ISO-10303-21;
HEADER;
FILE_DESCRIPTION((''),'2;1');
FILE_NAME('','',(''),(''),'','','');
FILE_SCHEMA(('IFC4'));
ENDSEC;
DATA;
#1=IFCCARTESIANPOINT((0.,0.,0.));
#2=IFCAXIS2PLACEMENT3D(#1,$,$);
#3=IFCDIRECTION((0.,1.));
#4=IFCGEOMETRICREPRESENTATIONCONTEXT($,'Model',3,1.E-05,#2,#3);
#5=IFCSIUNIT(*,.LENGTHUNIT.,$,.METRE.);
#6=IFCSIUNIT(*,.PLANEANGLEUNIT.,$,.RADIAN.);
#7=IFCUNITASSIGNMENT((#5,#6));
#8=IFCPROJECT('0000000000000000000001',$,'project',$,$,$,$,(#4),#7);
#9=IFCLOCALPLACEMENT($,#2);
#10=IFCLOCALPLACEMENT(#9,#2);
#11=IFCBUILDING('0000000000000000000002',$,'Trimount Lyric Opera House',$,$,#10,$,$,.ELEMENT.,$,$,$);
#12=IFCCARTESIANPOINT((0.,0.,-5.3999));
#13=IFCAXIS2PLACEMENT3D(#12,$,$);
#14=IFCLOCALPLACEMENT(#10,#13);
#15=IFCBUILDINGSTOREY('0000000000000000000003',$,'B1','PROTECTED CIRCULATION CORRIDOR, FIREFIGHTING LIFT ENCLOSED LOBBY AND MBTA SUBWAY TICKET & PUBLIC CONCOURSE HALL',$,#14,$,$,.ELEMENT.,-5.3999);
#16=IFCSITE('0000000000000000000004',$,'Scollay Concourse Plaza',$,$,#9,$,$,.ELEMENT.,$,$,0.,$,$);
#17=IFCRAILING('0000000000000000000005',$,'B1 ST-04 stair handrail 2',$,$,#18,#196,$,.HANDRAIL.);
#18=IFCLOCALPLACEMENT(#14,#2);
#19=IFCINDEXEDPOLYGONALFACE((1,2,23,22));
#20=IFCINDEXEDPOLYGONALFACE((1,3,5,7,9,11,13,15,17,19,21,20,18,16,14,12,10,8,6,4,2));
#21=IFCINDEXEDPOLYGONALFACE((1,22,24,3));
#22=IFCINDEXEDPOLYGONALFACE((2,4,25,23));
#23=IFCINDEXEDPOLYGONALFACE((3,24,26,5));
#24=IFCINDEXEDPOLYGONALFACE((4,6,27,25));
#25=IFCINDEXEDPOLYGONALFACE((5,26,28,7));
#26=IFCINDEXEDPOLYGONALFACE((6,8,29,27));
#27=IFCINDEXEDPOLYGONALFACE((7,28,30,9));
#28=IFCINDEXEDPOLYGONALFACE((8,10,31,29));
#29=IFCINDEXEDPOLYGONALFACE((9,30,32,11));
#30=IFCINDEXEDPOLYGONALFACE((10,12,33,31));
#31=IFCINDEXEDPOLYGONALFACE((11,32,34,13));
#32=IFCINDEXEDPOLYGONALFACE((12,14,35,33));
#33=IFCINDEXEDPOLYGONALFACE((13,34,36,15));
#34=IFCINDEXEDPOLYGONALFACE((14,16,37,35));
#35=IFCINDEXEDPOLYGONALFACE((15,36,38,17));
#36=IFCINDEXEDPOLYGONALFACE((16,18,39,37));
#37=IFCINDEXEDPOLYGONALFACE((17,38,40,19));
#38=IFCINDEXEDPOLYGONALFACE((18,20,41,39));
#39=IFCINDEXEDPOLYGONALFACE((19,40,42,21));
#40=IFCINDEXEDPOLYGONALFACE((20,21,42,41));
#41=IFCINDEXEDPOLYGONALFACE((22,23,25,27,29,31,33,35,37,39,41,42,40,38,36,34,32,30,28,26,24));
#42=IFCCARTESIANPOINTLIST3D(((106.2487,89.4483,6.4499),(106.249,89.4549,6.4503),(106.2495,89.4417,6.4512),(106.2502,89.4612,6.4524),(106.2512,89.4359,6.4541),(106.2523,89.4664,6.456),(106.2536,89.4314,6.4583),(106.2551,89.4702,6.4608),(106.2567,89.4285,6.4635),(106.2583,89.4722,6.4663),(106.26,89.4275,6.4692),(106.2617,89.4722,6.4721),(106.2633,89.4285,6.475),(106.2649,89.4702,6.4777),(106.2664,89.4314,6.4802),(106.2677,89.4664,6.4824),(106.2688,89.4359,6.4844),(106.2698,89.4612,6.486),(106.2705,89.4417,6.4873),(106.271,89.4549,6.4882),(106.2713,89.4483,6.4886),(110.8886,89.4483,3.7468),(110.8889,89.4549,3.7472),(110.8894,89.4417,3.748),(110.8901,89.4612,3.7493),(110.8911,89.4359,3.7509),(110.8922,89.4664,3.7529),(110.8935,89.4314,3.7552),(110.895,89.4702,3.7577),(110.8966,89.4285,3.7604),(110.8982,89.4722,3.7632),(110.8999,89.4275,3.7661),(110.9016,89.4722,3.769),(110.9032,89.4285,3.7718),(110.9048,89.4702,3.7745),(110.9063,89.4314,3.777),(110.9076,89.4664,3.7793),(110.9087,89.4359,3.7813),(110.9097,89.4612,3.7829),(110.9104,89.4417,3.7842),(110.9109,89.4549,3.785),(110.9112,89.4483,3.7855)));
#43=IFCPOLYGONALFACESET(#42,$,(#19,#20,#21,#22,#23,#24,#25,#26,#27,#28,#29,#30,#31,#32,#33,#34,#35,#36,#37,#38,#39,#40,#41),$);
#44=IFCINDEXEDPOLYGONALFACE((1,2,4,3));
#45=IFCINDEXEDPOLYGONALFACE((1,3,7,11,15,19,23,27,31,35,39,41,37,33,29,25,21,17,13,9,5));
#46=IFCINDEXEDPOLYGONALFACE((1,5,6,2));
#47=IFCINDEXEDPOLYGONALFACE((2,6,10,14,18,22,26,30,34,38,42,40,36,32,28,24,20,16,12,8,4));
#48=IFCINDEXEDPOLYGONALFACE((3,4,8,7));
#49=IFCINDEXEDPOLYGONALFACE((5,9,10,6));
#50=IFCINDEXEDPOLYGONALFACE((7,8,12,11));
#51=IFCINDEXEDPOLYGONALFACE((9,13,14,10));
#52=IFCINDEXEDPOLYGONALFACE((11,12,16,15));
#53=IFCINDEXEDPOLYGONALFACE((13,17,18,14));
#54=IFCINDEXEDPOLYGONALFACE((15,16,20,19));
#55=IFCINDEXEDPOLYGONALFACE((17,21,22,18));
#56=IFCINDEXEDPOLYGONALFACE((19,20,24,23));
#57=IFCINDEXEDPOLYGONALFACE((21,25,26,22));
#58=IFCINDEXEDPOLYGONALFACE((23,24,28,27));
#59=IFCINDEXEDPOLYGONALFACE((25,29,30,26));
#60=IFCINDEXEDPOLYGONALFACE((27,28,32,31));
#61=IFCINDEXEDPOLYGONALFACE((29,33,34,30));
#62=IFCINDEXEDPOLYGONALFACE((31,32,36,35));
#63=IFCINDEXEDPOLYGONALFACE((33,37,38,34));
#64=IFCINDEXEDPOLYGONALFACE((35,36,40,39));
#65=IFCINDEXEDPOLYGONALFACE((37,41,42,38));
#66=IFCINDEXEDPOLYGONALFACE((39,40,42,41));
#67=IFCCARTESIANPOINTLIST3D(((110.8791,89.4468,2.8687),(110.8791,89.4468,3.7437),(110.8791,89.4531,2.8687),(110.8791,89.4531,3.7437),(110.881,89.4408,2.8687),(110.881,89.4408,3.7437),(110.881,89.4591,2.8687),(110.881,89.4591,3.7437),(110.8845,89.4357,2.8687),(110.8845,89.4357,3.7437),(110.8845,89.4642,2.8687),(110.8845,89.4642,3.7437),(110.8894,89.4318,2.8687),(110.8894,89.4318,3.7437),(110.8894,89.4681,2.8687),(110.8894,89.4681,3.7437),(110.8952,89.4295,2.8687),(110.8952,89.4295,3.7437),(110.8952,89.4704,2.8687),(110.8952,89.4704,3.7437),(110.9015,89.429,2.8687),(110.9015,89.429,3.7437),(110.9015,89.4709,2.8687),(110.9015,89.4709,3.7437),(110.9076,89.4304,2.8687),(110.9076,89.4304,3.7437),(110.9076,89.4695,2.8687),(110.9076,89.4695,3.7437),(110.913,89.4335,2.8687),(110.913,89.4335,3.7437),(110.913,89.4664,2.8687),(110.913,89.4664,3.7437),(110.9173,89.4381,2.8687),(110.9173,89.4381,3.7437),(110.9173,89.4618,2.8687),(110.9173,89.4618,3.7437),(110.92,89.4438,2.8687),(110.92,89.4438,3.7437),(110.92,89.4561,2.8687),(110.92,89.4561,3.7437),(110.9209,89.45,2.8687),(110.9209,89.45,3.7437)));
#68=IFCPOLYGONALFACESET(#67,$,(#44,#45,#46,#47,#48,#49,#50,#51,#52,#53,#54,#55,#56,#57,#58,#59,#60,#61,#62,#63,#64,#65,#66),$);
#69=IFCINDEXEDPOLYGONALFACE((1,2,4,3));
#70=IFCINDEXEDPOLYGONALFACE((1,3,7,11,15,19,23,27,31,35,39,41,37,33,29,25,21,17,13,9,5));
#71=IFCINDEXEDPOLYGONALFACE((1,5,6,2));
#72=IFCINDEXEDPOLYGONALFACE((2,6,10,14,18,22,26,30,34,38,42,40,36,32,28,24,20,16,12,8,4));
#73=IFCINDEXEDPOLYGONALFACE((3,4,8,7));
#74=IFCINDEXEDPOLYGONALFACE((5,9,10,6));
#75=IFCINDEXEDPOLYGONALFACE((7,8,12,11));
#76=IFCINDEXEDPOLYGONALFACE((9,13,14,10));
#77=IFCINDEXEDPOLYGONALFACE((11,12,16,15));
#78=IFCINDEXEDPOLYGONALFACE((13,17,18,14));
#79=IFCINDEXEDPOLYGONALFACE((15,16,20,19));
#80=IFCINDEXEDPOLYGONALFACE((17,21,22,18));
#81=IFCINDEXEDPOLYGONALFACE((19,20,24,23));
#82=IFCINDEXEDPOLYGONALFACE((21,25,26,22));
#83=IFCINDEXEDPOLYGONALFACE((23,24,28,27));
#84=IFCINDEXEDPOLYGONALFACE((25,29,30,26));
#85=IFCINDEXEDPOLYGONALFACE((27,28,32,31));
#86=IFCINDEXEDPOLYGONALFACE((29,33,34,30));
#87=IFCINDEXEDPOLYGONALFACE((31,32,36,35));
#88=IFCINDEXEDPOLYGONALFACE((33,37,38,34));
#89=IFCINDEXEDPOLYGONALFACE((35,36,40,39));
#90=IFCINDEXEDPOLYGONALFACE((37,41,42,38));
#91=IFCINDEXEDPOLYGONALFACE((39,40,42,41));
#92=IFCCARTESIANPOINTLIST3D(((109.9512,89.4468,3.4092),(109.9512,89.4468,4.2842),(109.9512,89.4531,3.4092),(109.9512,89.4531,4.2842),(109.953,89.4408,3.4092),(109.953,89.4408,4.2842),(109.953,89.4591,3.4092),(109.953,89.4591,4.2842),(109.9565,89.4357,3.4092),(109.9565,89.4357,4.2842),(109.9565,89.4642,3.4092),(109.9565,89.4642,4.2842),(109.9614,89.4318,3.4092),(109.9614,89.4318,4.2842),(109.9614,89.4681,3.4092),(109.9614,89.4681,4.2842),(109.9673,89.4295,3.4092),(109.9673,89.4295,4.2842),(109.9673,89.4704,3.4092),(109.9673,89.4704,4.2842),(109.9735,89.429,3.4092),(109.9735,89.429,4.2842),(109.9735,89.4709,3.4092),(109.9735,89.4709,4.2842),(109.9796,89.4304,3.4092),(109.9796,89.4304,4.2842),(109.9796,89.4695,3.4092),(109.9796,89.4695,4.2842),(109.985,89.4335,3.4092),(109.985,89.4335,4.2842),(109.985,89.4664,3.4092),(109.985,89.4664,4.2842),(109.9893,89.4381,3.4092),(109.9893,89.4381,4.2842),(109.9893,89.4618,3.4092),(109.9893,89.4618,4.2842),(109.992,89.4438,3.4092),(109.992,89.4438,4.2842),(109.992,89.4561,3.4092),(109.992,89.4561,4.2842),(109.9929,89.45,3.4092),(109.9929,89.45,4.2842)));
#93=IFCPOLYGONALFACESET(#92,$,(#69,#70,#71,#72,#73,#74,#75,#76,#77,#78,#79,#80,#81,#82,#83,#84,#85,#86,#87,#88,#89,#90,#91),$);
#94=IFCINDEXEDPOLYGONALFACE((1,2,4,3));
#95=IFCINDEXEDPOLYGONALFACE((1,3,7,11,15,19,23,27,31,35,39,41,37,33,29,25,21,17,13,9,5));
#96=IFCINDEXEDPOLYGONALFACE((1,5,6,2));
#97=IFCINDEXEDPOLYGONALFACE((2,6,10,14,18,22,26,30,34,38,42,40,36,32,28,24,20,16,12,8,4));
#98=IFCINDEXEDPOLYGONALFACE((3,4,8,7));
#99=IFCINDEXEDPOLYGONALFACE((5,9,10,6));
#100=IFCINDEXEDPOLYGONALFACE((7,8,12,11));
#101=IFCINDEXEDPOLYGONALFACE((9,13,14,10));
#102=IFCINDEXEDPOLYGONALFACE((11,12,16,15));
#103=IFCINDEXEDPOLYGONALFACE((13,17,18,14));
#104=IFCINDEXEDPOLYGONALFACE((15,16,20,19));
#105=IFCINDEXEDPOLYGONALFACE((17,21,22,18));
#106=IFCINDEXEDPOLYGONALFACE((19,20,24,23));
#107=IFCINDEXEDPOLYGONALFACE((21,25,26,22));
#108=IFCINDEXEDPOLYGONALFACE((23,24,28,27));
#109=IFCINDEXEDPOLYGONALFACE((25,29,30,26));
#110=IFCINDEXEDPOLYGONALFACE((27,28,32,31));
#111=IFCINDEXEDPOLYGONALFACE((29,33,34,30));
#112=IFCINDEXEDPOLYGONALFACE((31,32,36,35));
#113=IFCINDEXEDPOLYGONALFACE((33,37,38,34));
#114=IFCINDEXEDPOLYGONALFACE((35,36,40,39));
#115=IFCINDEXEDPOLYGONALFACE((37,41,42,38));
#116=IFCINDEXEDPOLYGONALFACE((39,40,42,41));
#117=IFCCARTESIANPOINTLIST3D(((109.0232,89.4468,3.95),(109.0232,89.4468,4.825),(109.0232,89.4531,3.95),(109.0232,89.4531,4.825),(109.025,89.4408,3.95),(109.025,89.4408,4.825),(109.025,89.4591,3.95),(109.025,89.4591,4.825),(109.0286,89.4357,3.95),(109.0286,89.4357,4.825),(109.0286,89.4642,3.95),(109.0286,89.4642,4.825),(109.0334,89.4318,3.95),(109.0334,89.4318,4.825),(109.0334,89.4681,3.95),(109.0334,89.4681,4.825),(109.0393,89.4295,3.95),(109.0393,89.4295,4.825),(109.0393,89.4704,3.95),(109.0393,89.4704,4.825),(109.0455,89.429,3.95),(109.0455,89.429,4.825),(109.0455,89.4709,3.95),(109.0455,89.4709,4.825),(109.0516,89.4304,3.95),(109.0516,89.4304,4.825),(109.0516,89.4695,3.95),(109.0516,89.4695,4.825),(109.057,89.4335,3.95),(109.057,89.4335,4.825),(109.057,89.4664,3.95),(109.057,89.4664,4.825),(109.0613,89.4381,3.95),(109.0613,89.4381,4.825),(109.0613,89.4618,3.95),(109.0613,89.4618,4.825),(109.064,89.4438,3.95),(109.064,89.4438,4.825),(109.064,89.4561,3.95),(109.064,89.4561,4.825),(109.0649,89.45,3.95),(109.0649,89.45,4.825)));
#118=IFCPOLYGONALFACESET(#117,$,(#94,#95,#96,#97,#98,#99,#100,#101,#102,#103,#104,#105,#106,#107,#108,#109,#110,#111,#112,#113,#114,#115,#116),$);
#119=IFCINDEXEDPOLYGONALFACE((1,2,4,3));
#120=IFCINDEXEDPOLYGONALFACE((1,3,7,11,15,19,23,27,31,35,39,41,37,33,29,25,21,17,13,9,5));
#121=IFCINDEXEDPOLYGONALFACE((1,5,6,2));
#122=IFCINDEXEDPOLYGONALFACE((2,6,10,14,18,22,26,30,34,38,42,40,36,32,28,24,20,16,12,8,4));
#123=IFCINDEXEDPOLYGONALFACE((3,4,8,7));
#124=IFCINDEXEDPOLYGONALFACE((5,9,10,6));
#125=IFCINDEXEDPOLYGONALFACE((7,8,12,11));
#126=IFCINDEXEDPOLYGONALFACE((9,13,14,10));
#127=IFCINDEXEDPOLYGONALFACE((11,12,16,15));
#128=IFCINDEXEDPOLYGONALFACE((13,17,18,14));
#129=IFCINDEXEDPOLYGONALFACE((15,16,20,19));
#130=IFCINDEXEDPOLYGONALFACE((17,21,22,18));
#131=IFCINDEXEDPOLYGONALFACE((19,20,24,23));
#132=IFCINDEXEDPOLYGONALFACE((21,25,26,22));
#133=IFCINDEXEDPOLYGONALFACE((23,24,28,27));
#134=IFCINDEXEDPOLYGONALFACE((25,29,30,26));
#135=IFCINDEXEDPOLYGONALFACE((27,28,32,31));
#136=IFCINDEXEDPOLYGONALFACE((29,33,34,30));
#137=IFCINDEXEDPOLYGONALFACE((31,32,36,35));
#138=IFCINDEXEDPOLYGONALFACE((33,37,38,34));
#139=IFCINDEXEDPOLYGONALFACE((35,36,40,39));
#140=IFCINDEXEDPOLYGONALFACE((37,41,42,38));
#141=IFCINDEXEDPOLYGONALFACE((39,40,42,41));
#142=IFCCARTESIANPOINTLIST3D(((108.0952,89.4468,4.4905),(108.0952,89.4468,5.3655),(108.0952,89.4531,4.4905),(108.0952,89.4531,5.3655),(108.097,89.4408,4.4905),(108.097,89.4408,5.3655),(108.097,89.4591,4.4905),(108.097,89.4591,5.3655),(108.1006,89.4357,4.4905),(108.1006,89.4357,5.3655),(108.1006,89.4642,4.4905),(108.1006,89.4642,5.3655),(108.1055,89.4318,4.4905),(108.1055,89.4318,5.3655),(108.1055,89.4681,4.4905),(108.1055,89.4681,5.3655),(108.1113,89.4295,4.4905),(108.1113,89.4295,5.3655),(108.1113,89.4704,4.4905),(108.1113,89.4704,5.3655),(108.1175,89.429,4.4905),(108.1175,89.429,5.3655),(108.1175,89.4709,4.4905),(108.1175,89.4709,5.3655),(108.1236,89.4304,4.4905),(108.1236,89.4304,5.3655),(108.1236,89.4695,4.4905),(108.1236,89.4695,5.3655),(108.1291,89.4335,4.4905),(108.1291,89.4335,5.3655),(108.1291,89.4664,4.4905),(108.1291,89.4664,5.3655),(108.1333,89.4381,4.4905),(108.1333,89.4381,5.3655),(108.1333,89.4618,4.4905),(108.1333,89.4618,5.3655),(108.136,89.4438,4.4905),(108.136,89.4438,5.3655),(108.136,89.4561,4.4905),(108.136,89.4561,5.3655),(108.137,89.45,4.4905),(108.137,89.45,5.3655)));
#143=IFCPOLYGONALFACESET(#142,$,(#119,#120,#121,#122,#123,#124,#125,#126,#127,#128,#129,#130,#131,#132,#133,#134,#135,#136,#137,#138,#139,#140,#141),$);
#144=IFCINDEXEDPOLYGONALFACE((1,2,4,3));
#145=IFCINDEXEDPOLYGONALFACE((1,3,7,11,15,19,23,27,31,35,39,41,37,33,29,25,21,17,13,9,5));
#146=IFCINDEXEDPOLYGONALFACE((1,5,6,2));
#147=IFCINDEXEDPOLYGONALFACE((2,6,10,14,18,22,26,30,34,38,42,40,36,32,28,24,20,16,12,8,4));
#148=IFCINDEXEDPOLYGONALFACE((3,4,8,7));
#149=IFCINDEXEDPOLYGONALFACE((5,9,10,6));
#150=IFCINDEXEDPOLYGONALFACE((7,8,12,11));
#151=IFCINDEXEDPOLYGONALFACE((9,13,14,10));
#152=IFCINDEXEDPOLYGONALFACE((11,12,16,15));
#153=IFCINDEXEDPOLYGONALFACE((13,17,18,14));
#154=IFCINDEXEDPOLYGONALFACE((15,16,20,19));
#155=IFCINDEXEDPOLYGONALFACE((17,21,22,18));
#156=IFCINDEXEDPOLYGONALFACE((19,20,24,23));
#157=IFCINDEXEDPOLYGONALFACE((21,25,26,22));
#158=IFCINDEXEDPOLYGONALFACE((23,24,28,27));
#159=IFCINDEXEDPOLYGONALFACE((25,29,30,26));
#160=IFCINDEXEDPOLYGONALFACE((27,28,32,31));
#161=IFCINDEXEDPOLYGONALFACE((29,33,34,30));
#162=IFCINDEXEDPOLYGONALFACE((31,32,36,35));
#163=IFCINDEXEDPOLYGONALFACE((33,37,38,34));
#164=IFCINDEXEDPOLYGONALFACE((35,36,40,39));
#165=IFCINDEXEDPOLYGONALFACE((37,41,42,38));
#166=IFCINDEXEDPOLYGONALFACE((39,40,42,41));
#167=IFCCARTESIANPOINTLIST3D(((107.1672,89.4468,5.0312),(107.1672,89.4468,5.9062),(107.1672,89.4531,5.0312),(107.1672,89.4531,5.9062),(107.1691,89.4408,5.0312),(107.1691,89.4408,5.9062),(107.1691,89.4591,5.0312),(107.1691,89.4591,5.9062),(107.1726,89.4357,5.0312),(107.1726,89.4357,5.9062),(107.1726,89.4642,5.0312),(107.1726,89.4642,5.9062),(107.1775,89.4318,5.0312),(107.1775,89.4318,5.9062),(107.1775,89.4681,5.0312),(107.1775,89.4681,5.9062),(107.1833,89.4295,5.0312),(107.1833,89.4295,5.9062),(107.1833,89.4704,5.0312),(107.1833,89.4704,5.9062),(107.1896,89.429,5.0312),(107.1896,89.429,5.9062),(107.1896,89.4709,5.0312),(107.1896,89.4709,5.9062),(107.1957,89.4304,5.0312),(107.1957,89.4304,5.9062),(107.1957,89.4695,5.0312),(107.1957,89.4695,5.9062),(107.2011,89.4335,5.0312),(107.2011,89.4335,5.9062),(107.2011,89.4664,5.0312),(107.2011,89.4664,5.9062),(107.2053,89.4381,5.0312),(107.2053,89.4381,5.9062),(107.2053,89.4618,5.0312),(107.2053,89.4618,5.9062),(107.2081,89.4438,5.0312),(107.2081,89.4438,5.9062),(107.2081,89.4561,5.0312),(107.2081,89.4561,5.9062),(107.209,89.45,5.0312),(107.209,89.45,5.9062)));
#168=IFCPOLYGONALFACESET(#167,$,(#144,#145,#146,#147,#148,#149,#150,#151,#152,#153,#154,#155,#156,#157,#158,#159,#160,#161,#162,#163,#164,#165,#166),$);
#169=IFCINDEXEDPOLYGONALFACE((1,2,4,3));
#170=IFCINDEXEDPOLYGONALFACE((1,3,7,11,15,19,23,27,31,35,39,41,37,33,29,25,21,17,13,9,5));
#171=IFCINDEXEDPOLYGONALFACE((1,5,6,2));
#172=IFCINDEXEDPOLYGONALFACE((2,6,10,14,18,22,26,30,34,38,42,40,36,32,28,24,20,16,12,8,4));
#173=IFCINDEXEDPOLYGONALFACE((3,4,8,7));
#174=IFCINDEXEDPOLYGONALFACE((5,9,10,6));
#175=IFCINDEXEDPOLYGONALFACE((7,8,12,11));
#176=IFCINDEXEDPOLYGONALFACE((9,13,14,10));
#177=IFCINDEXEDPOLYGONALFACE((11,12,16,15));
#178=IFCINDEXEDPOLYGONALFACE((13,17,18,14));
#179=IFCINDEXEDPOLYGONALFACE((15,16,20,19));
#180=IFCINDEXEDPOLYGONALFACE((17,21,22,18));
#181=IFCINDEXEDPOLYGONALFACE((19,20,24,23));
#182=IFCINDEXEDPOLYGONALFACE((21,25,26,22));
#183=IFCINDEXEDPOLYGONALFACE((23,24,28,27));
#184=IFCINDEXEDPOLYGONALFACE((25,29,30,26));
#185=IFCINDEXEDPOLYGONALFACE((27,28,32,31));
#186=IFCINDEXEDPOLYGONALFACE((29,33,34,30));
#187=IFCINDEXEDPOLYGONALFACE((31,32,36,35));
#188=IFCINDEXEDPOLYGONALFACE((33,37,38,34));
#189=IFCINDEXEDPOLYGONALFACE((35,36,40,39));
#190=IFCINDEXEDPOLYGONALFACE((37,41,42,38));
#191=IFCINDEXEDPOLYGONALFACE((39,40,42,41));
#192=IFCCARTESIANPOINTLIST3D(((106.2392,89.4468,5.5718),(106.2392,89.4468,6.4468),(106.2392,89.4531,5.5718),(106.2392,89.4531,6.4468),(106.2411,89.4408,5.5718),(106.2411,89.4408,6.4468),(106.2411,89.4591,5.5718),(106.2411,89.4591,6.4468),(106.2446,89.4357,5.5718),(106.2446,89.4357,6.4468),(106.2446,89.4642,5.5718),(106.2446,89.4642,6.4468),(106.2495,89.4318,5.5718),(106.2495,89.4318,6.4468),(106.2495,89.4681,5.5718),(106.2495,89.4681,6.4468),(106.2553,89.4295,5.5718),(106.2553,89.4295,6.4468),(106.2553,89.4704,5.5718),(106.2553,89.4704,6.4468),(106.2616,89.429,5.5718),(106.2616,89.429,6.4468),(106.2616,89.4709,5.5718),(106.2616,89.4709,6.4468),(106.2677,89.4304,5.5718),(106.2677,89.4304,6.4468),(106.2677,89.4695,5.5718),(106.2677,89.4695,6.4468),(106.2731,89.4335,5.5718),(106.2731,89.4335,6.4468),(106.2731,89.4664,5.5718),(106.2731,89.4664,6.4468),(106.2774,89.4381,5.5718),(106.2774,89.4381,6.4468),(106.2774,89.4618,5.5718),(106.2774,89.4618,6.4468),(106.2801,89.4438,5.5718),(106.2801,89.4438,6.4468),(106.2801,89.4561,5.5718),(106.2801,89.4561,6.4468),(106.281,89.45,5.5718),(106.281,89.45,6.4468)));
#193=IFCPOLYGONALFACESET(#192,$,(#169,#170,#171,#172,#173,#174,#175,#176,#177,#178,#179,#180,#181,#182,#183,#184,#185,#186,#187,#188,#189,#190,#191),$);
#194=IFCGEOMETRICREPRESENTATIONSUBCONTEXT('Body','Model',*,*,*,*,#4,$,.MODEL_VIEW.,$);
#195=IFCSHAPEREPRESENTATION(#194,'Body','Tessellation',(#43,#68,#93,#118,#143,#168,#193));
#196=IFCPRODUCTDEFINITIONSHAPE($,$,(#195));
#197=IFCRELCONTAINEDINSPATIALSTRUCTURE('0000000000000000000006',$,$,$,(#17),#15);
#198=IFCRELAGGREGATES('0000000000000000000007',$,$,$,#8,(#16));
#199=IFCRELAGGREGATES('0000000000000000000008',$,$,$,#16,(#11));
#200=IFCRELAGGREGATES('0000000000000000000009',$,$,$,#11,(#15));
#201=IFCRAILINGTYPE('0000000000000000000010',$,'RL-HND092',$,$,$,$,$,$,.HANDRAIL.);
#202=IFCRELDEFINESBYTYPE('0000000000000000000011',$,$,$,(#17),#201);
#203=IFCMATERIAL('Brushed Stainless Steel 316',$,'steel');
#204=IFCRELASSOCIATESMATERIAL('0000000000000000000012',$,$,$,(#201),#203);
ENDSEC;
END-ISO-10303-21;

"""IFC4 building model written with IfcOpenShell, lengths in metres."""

from ifc_helpers import new_model, si_unit, direction, frame, origin, origin_2d, place, context, subcontext, project, spatial, circle, extrude, material, type_object, element, save


model = new_model("IFC4")

# Units and contexts
model_context = context("Model", 3, precision=1e-05, world=origin(), true_north=direction((0.0, 1.0)))
body_context = subcontext(model_context, "Body", "Model", "MODEL_VIEW")
ifc_project = project(units=[si_unit("LENGTHUNIT", "METRE"), si_unit("PLANEANGLEUNIT", "RADIAN")], contexts=[model_context])

# Site, building, storey
site_placement = place(None, origin())
site = spatial("IfcSite", under=ifc_project, at=site_placement, Name="Scollay Concourse Plaza", CompositionType="ELEMENT", RefElevation=0.0)
building_placement = place(site_placement, origin())
building = spatial("IfcBuilding", under=site, at=building_placement, Name="Trimount Lyric Opera House", CompositionType="ELEMENT")
storey_placement = place(building_placement, frame((0.0, 0.0, -5.3999)))
storey = spatial("IfcBuildingStorey", under=building, at=storey_placement, Name="B1", Description="PROTECTED CIRCULATION CORRIDOR, FIREFIGHTING LIFT ENCLOSED LOBBY AND MBTA SUBWAY TICKET & PUBLIC CONCOURSE HALL", CompositionType="ELEMENT", Elevation=-5.3999)

# Railing
ifc_material_1 = material(Name="Brushed Stainless Steel 316", Category="steel")
railing_type_1 = type_object("IfcRailingType", Name="RL-HND092", PredefinedType="HANDRAIL", material=ifc_material_1)
railing_1_placement = place(storey_placement, frame((110.8999, 89.45, 2.8687)))
element("IfcRailing", 1, at=railing_1_placement, inside=storey, type_object=railing_type_1, Name="B1 ST-04 stair handrail 2", PredefinedType="HANDRAIL", context=body_context, shape_type="SweptSolid", body=[
    extrude(circle(Radius=0.0225, at=origin_2d()), frame((0.0, 0.0, 0.8975), z_axis=(-0.864061, 0.0, 0.503388), x_axis=(0.0, -1.0, 0.0)), (0.0, 0.0, 1.0), 5.3699),
    extrude(circle(Radius=0.021, at=origin_2d()), origin(), (0.0, 0.0, 1.0), 0.875),
    extrude(circle(Radius=0.021, at=origin_2d()), frame((-0.928, 0.0, 0.5405)), (0.0, 0.0, 1.0), 0.875),
    extrude(circle(Radius=0.021, at=origin_2d()), frame((-1.856, 0.0, 1.0813)), (0.0, 0.0, 1.0), 0.875),
    extrude(circle(Radius=0.021, at=origin_2d()), frame((-2.7839, 0.0, 1.6218)), (0.0, 0.0, 1.0), 0.875),
    extrude(circle(Radius=0.021, at=origin_2d()), frame((-3.7119, 0.0, 2.1626)), (0.0, 0.0, 1.0), 0.875),
    extrude(circle(Radius=0.021, at=origin_2d()), frame((-4.6399, 0.0, 2.7031)), (0.0, 0.0, 1.0), 0.875),
])

save(model, "model.ifc")
